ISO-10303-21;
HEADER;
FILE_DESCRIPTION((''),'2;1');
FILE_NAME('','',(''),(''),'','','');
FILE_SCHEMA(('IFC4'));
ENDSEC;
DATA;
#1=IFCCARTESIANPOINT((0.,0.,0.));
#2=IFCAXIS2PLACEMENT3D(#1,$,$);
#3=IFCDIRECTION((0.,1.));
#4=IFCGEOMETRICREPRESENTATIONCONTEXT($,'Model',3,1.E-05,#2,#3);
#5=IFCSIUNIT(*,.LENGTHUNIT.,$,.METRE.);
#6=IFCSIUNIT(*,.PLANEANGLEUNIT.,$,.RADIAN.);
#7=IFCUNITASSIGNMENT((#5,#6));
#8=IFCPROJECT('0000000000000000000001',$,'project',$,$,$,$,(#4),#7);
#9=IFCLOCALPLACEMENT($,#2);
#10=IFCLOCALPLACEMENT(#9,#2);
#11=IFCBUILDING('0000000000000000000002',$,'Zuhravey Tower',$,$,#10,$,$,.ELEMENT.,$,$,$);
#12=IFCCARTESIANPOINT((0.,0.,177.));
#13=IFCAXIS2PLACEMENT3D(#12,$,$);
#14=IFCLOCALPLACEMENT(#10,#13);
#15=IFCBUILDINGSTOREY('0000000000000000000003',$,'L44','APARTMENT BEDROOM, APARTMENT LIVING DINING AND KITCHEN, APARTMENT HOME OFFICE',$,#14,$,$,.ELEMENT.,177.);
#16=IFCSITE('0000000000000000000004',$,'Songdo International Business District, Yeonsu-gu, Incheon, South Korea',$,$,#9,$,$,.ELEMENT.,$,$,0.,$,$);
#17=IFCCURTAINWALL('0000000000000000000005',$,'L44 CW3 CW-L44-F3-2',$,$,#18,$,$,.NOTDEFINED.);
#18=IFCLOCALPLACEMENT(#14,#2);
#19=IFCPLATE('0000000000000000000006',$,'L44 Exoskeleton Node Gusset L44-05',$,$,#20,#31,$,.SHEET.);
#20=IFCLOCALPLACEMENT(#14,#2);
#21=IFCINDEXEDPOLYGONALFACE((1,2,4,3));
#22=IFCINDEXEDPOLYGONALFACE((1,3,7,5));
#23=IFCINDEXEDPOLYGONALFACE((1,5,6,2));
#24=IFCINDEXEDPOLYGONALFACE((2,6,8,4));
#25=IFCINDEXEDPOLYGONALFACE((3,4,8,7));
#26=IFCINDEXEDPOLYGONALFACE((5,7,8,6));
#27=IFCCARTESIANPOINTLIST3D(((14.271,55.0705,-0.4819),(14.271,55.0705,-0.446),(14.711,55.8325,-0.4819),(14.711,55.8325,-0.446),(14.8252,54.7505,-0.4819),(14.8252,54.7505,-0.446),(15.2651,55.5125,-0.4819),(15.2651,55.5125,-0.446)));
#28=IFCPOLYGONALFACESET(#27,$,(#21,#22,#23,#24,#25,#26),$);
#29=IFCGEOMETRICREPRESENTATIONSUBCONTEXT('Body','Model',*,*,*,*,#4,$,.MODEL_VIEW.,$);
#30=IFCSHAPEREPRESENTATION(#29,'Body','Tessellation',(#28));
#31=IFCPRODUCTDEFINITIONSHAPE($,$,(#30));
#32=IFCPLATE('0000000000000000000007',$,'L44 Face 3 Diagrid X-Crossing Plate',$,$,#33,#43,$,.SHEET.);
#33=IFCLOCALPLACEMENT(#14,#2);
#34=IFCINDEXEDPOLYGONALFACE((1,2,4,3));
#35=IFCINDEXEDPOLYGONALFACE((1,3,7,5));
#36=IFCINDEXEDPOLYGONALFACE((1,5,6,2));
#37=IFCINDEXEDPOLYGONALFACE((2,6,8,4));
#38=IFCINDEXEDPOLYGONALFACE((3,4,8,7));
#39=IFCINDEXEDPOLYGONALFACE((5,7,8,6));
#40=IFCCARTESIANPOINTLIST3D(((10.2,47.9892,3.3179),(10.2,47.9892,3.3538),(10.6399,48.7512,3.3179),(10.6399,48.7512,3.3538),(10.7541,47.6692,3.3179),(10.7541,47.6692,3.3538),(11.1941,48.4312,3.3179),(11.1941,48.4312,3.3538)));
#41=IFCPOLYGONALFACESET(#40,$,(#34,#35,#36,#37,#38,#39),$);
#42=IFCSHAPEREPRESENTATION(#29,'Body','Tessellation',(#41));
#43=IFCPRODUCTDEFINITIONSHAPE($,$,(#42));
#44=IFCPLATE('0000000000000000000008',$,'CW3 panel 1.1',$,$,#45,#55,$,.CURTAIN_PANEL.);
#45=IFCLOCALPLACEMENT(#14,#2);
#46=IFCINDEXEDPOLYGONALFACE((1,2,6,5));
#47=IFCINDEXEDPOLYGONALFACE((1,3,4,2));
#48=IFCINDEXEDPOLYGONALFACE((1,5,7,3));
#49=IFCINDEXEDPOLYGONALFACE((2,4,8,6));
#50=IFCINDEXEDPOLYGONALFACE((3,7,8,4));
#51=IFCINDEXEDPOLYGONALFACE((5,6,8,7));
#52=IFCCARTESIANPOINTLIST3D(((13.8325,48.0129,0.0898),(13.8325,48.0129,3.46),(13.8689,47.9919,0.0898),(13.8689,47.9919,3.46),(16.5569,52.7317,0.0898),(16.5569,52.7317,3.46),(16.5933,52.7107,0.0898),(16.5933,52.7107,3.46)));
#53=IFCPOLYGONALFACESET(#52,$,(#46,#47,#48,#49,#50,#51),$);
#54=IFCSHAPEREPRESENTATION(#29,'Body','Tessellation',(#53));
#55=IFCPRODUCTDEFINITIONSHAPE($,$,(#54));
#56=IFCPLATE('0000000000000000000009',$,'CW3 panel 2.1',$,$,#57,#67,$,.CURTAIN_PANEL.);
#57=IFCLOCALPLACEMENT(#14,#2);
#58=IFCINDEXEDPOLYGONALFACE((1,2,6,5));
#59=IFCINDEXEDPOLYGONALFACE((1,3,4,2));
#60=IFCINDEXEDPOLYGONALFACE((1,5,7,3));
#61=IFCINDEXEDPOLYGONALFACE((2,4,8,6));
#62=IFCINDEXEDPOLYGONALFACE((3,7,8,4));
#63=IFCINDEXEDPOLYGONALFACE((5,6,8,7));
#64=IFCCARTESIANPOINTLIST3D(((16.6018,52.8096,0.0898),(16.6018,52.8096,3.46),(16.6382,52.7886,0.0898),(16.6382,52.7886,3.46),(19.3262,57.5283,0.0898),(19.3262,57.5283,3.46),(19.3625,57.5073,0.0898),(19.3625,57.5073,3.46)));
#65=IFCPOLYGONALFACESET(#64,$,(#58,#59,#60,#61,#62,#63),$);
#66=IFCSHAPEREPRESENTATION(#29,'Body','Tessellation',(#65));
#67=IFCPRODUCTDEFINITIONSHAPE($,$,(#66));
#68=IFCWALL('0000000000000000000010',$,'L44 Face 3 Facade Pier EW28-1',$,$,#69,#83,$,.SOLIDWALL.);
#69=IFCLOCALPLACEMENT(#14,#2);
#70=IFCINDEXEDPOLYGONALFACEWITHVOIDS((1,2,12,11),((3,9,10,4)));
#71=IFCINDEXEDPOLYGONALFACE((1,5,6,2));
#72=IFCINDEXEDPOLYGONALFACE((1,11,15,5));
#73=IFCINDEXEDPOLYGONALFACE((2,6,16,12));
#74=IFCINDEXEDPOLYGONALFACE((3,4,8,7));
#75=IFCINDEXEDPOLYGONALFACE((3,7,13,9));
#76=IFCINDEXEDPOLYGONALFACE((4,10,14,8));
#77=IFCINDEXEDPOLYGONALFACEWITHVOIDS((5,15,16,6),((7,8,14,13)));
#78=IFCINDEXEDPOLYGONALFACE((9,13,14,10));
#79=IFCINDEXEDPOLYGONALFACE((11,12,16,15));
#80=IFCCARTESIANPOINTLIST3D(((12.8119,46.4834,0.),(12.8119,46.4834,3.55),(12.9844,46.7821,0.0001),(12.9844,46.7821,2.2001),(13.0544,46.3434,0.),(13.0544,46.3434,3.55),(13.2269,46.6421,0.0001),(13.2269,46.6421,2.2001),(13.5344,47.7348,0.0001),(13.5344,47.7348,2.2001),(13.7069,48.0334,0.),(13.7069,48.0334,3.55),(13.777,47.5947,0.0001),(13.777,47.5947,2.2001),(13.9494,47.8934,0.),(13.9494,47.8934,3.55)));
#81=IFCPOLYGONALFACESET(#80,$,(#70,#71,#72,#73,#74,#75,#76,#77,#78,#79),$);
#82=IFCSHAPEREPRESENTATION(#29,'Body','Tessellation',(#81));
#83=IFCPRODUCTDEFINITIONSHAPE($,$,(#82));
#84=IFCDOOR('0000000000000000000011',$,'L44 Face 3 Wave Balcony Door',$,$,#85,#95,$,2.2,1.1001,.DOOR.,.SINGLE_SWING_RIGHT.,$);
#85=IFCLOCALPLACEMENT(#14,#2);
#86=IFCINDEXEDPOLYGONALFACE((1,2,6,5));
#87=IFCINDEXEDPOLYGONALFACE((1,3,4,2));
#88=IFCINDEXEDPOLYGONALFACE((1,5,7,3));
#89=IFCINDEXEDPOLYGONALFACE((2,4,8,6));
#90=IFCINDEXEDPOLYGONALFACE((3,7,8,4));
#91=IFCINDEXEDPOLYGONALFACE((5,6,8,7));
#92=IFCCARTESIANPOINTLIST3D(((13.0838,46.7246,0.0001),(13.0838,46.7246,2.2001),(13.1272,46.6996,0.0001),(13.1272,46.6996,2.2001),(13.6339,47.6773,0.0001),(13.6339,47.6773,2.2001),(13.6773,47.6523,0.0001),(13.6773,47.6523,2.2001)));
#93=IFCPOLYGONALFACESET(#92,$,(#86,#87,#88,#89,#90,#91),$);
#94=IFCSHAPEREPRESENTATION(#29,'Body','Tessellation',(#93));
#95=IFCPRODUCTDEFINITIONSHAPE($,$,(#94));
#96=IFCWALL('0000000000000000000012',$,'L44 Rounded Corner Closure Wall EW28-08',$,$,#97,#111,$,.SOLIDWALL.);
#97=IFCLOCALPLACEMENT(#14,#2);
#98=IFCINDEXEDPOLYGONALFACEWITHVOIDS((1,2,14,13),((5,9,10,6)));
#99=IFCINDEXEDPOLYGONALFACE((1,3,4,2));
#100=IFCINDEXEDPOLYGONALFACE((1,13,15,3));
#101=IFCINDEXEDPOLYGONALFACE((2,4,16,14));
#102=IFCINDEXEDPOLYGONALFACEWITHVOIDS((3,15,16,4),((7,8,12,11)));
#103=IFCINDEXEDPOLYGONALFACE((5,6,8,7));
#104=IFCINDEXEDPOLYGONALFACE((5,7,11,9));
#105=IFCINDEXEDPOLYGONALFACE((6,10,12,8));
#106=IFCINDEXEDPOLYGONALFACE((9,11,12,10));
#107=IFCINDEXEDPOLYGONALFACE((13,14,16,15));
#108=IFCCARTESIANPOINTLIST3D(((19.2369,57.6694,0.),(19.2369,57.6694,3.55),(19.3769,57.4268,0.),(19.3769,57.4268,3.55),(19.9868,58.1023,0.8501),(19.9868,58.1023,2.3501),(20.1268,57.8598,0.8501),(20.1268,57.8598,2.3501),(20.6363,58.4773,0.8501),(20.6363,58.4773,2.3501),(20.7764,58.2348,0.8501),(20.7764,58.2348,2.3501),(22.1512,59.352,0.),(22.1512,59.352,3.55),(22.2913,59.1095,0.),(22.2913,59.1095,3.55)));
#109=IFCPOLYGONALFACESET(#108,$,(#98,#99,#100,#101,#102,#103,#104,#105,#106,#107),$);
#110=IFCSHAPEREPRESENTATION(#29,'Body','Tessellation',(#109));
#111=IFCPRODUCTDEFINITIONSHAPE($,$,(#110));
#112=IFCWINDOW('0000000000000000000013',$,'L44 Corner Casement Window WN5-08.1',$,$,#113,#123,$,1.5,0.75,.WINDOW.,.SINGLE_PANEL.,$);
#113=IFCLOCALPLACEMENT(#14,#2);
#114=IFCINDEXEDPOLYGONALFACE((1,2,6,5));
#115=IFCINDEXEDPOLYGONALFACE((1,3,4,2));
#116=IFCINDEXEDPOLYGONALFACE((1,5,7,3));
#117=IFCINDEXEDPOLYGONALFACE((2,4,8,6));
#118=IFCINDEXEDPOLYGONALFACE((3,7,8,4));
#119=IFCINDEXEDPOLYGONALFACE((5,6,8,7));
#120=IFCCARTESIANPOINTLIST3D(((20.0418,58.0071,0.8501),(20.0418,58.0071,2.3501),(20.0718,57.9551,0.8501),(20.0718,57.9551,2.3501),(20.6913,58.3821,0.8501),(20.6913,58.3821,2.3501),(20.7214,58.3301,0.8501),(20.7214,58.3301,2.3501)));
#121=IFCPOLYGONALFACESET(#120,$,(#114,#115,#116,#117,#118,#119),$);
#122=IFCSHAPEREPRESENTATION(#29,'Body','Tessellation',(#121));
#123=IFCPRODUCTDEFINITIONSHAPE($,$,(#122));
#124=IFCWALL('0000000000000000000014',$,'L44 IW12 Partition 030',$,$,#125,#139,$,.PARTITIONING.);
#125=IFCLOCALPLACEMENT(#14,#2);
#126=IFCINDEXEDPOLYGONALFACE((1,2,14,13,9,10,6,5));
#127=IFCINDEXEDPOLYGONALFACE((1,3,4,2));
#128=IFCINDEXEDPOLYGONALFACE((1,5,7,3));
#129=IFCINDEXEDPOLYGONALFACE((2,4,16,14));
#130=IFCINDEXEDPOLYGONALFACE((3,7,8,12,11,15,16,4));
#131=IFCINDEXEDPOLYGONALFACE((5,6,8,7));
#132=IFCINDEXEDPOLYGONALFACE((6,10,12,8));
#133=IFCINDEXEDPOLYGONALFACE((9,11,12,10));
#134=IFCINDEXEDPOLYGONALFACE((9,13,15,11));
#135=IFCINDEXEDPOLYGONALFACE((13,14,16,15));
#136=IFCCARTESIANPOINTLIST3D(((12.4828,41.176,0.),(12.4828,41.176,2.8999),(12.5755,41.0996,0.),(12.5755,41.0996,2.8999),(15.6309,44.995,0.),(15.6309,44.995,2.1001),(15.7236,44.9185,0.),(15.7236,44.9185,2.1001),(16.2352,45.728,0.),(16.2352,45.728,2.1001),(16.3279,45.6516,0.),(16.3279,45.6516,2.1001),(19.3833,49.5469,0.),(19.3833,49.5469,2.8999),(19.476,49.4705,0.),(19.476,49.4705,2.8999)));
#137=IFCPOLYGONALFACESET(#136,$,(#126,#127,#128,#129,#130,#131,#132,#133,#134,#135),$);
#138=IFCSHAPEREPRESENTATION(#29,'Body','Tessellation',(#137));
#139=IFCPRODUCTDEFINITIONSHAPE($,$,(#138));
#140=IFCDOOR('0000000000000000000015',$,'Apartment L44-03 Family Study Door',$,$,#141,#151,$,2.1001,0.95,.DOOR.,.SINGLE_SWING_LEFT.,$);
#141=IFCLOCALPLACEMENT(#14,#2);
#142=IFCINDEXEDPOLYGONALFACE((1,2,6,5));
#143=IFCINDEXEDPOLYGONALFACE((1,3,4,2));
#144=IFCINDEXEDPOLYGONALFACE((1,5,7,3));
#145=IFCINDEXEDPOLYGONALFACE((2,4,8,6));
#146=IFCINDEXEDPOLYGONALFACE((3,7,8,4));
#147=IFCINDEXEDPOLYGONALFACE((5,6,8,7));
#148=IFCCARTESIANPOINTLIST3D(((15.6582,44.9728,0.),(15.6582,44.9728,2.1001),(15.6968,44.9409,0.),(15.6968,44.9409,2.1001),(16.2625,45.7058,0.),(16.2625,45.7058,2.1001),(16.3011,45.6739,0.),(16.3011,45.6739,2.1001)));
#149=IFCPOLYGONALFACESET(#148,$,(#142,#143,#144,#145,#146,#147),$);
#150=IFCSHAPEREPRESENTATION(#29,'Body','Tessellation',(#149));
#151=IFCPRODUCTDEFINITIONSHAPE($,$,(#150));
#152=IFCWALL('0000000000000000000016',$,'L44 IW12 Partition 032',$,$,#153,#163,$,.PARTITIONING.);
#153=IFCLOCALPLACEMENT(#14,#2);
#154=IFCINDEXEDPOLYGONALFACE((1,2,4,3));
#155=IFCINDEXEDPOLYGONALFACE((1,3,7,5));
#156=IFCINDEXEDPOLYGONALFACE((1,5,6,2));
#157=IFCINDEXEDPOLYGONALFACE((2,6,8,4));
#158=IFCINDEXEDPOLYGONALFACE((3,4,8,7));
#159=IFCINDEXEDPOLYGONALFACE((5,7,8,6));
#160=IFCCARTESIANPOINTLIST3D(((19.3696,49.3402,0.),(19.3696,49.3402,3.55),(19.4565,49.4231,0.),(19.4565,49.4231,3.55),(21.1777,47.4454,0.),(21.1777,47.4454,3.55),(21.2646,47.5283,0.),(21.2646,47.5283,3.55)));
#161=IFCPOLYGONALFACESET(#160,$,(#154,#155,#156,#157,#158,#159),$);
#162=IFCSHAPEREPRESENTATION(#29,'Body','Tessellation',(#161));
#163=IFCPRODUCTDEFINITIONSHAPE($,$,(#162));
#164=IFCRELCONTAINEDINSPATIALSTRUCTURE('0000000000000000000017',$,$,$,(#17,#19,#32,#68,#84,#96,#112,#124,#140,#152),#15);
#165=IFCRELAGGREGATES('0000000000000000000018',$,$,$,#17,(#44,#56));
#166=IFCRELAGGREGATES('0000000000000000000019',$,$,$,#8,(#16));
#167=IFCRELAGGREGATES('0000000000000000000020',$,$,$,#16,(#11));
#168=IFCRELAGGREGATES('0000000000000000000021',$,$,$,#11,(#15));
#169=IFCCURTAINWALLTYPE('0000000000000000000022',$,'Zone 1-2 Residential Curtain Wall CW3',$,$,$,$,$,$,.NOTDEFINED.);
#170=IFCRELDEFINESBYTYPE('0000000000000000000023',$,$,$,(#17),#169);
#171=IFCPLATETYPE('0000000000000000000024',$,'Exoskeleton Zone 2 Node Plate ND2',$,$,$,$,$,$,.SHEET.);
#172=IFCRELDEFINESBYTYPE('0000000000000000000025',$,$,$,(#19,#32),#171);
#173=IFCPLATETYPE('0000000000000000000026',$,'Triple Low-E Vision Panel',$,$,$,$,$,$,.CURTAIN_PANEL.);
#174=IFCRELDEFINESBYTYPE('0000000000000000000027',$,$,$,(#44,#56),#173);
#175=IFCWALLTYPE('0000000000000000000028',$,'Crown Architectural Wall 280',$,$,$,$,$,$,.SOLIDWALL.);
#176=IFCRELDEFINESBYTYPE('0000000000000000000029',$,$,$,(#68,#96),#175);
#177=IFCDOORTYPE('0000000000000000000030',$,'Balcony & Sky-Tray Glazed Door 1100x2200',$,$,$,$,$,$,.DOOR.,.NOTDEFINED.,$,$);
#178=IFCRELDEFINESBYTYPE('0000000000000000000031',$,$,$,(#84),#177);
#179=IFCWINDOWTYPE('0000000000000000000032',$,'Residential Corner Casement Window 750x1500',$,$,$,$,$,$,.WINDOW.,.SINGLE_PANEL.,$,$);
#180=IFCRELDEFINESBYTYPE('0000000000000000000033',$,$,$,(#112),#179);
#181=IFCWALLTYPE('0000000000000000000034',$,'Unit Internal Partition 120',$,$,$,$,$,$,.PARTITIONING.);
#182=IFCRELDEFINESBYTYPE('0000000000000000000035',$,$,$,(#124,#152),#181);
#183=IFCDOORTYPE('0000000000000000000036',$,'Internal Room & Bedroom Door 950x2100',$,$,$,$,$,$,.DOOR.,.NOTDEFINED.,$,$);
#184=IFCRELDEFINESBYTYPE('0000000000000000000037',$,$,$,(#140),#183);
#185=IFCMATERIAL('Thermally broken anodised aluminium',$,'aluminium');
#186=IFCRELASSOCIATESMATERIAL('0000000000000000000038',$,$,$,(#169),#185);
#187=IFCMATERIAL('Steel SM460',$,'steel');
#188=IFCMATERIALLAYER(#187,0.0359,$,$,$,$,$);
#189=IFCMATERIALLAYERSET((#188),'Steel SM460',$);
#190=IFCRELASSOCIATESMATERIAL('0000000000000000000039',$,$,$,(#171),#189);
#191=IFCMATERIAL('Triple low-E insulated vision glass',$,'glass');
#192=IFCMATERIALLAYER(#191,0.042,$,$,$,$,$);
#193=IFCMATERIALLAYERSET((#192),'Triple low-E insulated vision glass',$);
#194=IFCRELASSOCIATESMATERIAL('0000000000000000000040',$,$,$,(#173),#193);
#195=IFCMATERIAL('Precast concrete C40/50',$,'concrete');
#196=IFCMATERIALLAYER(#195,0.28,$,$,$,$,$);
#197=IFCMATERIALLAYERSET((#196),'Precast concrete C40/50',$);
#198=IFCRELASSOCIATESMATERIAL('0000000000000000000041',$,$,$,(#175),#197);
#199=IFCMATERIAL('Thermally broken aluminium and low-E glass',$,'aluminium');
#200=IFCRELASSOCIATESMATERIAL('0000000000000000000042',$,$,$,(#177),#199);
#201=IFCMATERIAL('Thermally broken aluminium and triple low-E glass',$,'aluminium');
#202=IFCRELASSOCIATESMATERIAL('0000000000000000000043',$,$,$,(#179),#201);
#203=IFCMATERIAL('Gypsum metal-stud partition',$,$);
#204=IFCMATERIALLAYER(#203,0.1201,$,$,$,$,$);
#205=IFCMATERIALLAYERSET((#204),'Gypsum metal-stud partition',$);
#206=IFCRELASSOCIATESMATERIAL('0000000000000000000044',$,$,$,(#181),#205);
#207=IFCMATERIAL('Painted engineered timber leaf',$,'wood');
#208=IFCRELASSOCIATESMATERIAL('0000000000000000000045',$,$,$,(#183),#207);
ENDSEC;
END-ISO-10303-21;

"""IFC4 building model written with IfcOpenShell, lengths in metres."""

from ifc_helpers import new_model, si_unit, direction, frame, frame_2d, origin, origin_2d, place, context, subcontext, project, spatial, rectangle, extrude, material, layer, layer_set, type_object, element, fill, aggregate, save


model = new_model("IFC4")

# Units and contexts
model_context = context("Model", 3, precision=1e-05, world=origin(), true_north=direction((0.0, 1.0)))
body_context = subcontext(model_context, "Body", "Model", "MODEL_VIEW")
ifc_project = project(units=[si_unit("LENGTHUNIT", "METRE"), si_unit("PLANEANGLEUNIT", "RADIAN")], contexts=[model_context])

# Site, building, storey
site_placement = place(None, origin())
site = spatial("IfcSite", under=ifc_project, at=site_placement, Name="Songdo International Business District, Yeonsu-gu, Incheon, South Korea", CompositionType="ELEMENT", RefElevation=0.0)
building_placement = place(site_placement, origin())
building = spatial("IfcBuilding", under=site, at=building_placement, Name="Zuhravey Tower", CompositionType="ELEMENT")
storey_placement = place(building_placement, frame((0.0, 0.0, 177.0)))
storey = spatial("IfcBuildingStorey", under=building, at=storey_placement, Name="L44", Description="APARTMENT BEDROOM, APARTMENT LIVING DINING AND KITCHEN, APARTMENT HOME OFFICE", CompositionType="ELEMENT", Elevation=177.0)

# Shared definitions
ifc_material_1 = material(Name="Thermally broken anodised aluminium", Category="aluminium")
curtain_wall_type = type_object("IfcCurtainWallType", Name="Zone 1-2 Residential Curtain Wall CW3", PredefinedType="NOTDEFINED", material=ifc_material_1)

# Curtain wall
curtain_wall_1_placement = place(storey_placement, origin())
curtain_wall_1 = element("IfcCurtainWall", 1, at=curtain_wall_1_placement, inside=storey, type_object=curtain_wall_type, Name="L44 CW3 CW-L44-F3-2", PredefinedType="NOTDEFINED")

# Shared definitions
ifc_material_2 = material(Name="Steel SM460", Category="steel")

# Plates
ifc_layer_1 = layer(ifc_material_2, 0.0359)
ifc_layer_set_1 = layer_set([ifc_layer_1], Name="Steel SM460")
plate_type_1 = type_object("IfcPlateType", Name="Exoskeleton Zone 2 Node Plate ND2", PredefinedType="SHEET", material=ifc_layer_set_1)
for number, where, z_axis, x_axis, name in (
    (2, (14.7681, 55.2915, -0.4819), (0.0, 0.0, 1.0), (-0.5, -0.866025, 0.0), "L44 Exoskeleton Node Gusset L44-05"),
    (3, (10.697, 48.2102, 3.3179), (0.0, 0.0, 1.0), (-0.5, -0.866025, 0.0), "L44 Face 3 Diagrid X-Crossing Plate"),
):
    element("IfcPlate", number, at=place(storey_placement, frame(where, z_axis=z_axis, x_axis=x_axis)), inside=storey, type_object=plate_type_1, Name=name, PredefinedType="SHEET", context=body_context, shape_type="SweptSolid", body=[
        extrude(rectangle(XDim=0.8799, YDim=0.6399, at=origin_2d()), origin(), (0.0, 0.0, 1.0), 0.0359),
    ])

# Plates
ifc_material_3 = material(Name="Triple low-E insulated vision glass", Category="glass")
ifc_layer_2 = layer(ifc_material_3, 0.042)
ifc_layer_set_2 = layer_set([ifc_layer_2], Name="Triple low-E insulated vision glass")
plate_type_2 = type_object("IfcPlateType", Name="Triple Low-E Vision Panel", PredefinedType="CURTAIN_PANEL", material=ifc_layer_set_2)
plate_1_placement = place(storey_placement, frame((15.2129, 50.3618, 0.0898), z_axis=(0.0, 0.0, 1.0), x_axis=(0.499999, 0.866026, 0.0)))
plate_1 = element("IfcPlate", 4, at=plate_1_placement, type_object=plate_type_2, Name="CW3 panel 1.1", PredefinedType="CURTAIN_PANEL", context=body_context, shape_type="SweptSolid", body=[
    extrude(rectangle(XDim=5.4487, YDim=0.042, at=origin_2d()), origin(), (0.0, 0.0, 1.0), 3.3701),
])
plate_2_placement = place(storey_placement, frame((17.9822, 55.1584, 0.0898), z_axis=(0.0, 0.0, 1.0), x_axis=(0.499999, 0.866026, 0.0)))
plate_2 = element("IfcPlate", 5, at=plate_2_placement, type_object=plate_type_2, Name="CW3 panel 2.1", PredefinedType="CURTAIN_PANEL", context=body_context, shape_type="SweptSolid", body=[
    extrude(rectangle(XDim=5.4487, YDim=0.042, at=origin_2d()), origin(), (0.0, 0.0, 1.0), 3.3701),
])
aggregate(curtain_wall_1, [plate_1, plate_2])

# Wall, opening, door
ifc_material_4 = material(Name="Precast concrete C40/50", Category="concrete")
ifc_layer_3 = layer(ifc_material_4, 0.28)
ifc_layer_set_3 = layer_set([ifc_layer_3], Name="Precast concrete C40/50")
wall_type_1 = type_object("IfcWallType", Name="Crown Architectural Wall 280", PredefinedType="SOLIDWALL", material=ifc_layer_set_3)
wall_1_placement = place(storey_placement, frame((12.9331, 46.4133, 0.0), z_axis=(0.0, 0.0, 1.0), x_axis=(0.500041, 0.866002, 0.0)))
wall_1 = element("IfcWall", 6, at=wall_1_placement, inside=storey, type_object=wall_type_1, Name="L44 Face 3 Facade Pier EW28-1", PredefinedType="SOLIDWALL", context=body_context, shape_type="SweptSolid", body=[
    extrude(rectangle(XDim=1.7898, YDim=0.28, at=frame_2d((0.895, 0.0))), origin(), (0.0, 0.0, 1.0), 3.55),
])
opening_1_placement = place(wall_1_placement, frame((0.345, 0.0, 0.0)))
opening_1 = element("IfcOpeningElement", 7, at=opening_1_placement, cuts=wall_1, PredefinedType="OPENING", context=body_context, shape_type="SweptSolid", body=[
    extrude(rectangle(XDim=1.1001, YDim=2.2, at=frame_2d((0.55, 1.1001))), frame((0.0, 0.1521, 0.0), z_axis=(0.0, -1.0, 0.0), x_axis=(1.0, 0.0, 0.0)), (0.0, 0.0, 1.0), 0.304),
])
ifc_material_5 = material(Name="Thermally broken aluminium and low-E glass", Category="aluminium")
door_type_1 = type_object("IfcDoorType", Name="Balcony & Sky-Tray Glazed Door 1100x2200", OperationType="NOTDEFINED", PredefinedType="DOOR", material=ifc_material_5)
door_1_placement = place(opening_1_placement, frame((1.1001, 0.0, 0.0), z_axis=(0.0, 0.0, 1.0), x_axis=(-1.0, 0.0, 0.0)))
door_1 = element("IfcDoor", 8, at=door_1_placement, inside=storey, type_object=door_type_1, Name="L44 Face 3 Wave Balcony Door", OperationType="SINGLE_SWING_RIGHT", OverallHeight=2.2, OverallWidth=1.1001, PredefinedType="DOOR", context=body_context, shape_type="SweptSolid", body=[
    extrude(rectangle(XDim=1.1001, YDim=2.2, at=frame_2d((0.55, 1.1001))), frame((0.0, 0.0249, 0.0), z_axis=(0.0, -1.0, 0.0), x_axis=(1.0, 0.0, 0.0)), (0.0, 0.0, 1.0), 0.05),
])
fill(opening_1, door_1)

# Wall, opening, window
wall_2_placement = place(storey_placement, frame((19.3069, 57.5481, 0.0), z_axis=(0.0, 0.0, 1.0), x_axis=(0.86602, 0.500009, 0.0)))
wall_2 = element("IfcWall", 9, at=wall_2_placement, inside=storey, type_object=wall_type_1, Name="L44 Rounded Corner Closure Wall EW28-08", PredefinedType="SOLIDWALL", context=body_context, shape_type="SweptSolid", body=[
    extrude(rectangle(XDim=3.3652, YDim=0.28, at=frame_2d((1.6826, 0.0))), origin(), (0.0, 0.0, 1.0), 3.55),
])
opening_2_placement = place(wall_2_placement, frame((0.866, 0.0, 0.8501)))
opening_2 = element("IfcOpeningElement", 10, at=opening_2_placement, cuts=wall_2, PredefinedType="OPENING", context=body_context, shape_type="SweptSolid", body=[
    extrude(rectangle(XDim=0.75, YDim=1.5, at=frame_2d((0.375, 0.75))), frame((0.0, 0.1521, 0.0), z_axis=(0.0, -1.0, 0.0), x_axis=(1.0, 0.0, 0.0)), (0.0, 0.0, 1.0), 0.304),
])
ifc_material_6 = material(Name="Thermally broken aluminium and triple low-E glass", Category="aluminium")
window_type = type_object("IfcWindowType", Name="Residential Corner Casement Window 750x1500", PartitioningType="SINGLE_PANEL", PredefinedType="WINDOW", material=ifc_material_6)
window_placement = place(opening_2_placement, origin())
window = element("IfcWindow", 11, at=window_placement, inside=storey, type_object=window_type, Name="L44 Corner Casement Window WN5-08.1", OverallHeight=1.5, OverallWidth=0.75, PartitioningType="SINGLE_PANEL", PredefinedType="WINDOW", context=body_context, shape_type="SweptSolid", body=[
    extrude(rectangle(XDim=0.75, YDim=1.5, at=frame_2d((0.375, 0.75))), frame((0.0, 0.03, 0.0), z_axis=(0.0, -1.0, 0.0), x_axis=(1.0, 0.0, 0.0)), (0.0, 0.0, 1.0), 0.0601),
])
fill(opening_2, window)

# Wall, opening, door
ifc_material_7 = material(Name="Gypsum metal-stud partition")
ifc_layer_4 = layer(ifc_material_7, 0.1201)
ifc_layer_set_4 = layer_set([ifc_layer_4], Name="Gypsum metal-stud partition")
wall_type_2 = type_object("IfcWallType", Name="Unit Internal Partition 120", PredefinedType="PARTITIONING", material=ifc_layer_set_4)
wall_3_placement = place(storey_placement, frame((19.4297, 49.5088, 0.0), z_axis=(0.0, 0.0, 1.0), x_axis=(-0.636078, -0.771625, 0.0)))
wall_3 = element("IfcWall", 12, at=wall_3_placement, inside=storey, type_object=wall_type_2, Name="L44 IW12 Partition 030", PredefinedType="PARTITIONING", context=body_context, shape_type="SweptSolid", body=[
    extrude(rectangle(XDim=10.8484, YDim=0.1201, at=frame_2d((5.4243, 0.0))), origin(), (0.0, 0.0, 1.0), 2.8999),
])
opening_3_placement = place(wall_3_placement, frame((4.9492, 0.0, 0.0)))
opening_3 = element("IfcOpeningElement", 13, at=opening_3_placement, cuts=wall_3, PredefinedType="OPENING", context=body_context, shape_type="SweptSolid", body=[
    extrude(rectangle(XDim=0.95, YDim=2.1001, at=frame_2d((0.4751, 1.05))), frame((0.0, 0.072, 0.0), z_axis=(0.0, -1.0, 0.0), x_axis=(1.0, 0.0, 0.0)), (0.0, 0.0, 1.0), 0.144),
])
ifc_material_8 = material(Name="Painted engineered timber leaf", Category="wood")
door_type_2 = type_object("IfcDoorType", Name="Internal Room & Bedroom Door 950x2100", OperationType="NOTDEFINED", PredefinedType="DOOR", material=ifc_material_8)
door_2_placement = place(opening_3_placement, frame((0.95, 0.0, 0.0), z_axis=(0.0, 0.0, 1.0), x_axis=(-1.0, 0.0, 0.0)))
door_2 = element("IfcDoor", 14, at=door_2_placement, inside=storey, type_object=door_type_2, Name="Apartment L44-03 Family Study Door", OperationType="SINGLE_SWING_LEFT", OverallHeight=2.1001, OverallWidth=0.95, PredefinedType="DOOR", context=body_context, shape_type="SweptSolid", body=[
    extrude(rectangle(XDim=0.95, YDim=2.1001, at=frame_2d((0.4751, 1.05))), frame((0.0, 0.0249, 0.0), z_axis=(0.0, -1.0, 0.0), x_axis=(1.0, 0.0, 0.0)), (0.0, 0.0, 1.0), 0.05),
])
fill(opening_3, door_2)

# Wall
wall_4_placement = place(storey_placement, frame((21.2212, 47.4868, 0.0), z_axis=(0.0, 0.0, 1.0), x_axis=(-0.690367, 0.723459, 0.0)))
element("IfcWall", 15, at=wall_4_placement, inside=storey, type_object=wall_type_2, Name="L44 IW12 Partition 032", PredefinedType="PARTITIONING", context=body_context, shape_type="SweptSolid", body=[
    extrude(rectangle(XDim=2.6191, YDim=0.1201, at=frame_2d((1.3096, 0.0))), origin(), (0.0, 0.0, 1.0), 3.55),
])

save(model, "model.ifc")
